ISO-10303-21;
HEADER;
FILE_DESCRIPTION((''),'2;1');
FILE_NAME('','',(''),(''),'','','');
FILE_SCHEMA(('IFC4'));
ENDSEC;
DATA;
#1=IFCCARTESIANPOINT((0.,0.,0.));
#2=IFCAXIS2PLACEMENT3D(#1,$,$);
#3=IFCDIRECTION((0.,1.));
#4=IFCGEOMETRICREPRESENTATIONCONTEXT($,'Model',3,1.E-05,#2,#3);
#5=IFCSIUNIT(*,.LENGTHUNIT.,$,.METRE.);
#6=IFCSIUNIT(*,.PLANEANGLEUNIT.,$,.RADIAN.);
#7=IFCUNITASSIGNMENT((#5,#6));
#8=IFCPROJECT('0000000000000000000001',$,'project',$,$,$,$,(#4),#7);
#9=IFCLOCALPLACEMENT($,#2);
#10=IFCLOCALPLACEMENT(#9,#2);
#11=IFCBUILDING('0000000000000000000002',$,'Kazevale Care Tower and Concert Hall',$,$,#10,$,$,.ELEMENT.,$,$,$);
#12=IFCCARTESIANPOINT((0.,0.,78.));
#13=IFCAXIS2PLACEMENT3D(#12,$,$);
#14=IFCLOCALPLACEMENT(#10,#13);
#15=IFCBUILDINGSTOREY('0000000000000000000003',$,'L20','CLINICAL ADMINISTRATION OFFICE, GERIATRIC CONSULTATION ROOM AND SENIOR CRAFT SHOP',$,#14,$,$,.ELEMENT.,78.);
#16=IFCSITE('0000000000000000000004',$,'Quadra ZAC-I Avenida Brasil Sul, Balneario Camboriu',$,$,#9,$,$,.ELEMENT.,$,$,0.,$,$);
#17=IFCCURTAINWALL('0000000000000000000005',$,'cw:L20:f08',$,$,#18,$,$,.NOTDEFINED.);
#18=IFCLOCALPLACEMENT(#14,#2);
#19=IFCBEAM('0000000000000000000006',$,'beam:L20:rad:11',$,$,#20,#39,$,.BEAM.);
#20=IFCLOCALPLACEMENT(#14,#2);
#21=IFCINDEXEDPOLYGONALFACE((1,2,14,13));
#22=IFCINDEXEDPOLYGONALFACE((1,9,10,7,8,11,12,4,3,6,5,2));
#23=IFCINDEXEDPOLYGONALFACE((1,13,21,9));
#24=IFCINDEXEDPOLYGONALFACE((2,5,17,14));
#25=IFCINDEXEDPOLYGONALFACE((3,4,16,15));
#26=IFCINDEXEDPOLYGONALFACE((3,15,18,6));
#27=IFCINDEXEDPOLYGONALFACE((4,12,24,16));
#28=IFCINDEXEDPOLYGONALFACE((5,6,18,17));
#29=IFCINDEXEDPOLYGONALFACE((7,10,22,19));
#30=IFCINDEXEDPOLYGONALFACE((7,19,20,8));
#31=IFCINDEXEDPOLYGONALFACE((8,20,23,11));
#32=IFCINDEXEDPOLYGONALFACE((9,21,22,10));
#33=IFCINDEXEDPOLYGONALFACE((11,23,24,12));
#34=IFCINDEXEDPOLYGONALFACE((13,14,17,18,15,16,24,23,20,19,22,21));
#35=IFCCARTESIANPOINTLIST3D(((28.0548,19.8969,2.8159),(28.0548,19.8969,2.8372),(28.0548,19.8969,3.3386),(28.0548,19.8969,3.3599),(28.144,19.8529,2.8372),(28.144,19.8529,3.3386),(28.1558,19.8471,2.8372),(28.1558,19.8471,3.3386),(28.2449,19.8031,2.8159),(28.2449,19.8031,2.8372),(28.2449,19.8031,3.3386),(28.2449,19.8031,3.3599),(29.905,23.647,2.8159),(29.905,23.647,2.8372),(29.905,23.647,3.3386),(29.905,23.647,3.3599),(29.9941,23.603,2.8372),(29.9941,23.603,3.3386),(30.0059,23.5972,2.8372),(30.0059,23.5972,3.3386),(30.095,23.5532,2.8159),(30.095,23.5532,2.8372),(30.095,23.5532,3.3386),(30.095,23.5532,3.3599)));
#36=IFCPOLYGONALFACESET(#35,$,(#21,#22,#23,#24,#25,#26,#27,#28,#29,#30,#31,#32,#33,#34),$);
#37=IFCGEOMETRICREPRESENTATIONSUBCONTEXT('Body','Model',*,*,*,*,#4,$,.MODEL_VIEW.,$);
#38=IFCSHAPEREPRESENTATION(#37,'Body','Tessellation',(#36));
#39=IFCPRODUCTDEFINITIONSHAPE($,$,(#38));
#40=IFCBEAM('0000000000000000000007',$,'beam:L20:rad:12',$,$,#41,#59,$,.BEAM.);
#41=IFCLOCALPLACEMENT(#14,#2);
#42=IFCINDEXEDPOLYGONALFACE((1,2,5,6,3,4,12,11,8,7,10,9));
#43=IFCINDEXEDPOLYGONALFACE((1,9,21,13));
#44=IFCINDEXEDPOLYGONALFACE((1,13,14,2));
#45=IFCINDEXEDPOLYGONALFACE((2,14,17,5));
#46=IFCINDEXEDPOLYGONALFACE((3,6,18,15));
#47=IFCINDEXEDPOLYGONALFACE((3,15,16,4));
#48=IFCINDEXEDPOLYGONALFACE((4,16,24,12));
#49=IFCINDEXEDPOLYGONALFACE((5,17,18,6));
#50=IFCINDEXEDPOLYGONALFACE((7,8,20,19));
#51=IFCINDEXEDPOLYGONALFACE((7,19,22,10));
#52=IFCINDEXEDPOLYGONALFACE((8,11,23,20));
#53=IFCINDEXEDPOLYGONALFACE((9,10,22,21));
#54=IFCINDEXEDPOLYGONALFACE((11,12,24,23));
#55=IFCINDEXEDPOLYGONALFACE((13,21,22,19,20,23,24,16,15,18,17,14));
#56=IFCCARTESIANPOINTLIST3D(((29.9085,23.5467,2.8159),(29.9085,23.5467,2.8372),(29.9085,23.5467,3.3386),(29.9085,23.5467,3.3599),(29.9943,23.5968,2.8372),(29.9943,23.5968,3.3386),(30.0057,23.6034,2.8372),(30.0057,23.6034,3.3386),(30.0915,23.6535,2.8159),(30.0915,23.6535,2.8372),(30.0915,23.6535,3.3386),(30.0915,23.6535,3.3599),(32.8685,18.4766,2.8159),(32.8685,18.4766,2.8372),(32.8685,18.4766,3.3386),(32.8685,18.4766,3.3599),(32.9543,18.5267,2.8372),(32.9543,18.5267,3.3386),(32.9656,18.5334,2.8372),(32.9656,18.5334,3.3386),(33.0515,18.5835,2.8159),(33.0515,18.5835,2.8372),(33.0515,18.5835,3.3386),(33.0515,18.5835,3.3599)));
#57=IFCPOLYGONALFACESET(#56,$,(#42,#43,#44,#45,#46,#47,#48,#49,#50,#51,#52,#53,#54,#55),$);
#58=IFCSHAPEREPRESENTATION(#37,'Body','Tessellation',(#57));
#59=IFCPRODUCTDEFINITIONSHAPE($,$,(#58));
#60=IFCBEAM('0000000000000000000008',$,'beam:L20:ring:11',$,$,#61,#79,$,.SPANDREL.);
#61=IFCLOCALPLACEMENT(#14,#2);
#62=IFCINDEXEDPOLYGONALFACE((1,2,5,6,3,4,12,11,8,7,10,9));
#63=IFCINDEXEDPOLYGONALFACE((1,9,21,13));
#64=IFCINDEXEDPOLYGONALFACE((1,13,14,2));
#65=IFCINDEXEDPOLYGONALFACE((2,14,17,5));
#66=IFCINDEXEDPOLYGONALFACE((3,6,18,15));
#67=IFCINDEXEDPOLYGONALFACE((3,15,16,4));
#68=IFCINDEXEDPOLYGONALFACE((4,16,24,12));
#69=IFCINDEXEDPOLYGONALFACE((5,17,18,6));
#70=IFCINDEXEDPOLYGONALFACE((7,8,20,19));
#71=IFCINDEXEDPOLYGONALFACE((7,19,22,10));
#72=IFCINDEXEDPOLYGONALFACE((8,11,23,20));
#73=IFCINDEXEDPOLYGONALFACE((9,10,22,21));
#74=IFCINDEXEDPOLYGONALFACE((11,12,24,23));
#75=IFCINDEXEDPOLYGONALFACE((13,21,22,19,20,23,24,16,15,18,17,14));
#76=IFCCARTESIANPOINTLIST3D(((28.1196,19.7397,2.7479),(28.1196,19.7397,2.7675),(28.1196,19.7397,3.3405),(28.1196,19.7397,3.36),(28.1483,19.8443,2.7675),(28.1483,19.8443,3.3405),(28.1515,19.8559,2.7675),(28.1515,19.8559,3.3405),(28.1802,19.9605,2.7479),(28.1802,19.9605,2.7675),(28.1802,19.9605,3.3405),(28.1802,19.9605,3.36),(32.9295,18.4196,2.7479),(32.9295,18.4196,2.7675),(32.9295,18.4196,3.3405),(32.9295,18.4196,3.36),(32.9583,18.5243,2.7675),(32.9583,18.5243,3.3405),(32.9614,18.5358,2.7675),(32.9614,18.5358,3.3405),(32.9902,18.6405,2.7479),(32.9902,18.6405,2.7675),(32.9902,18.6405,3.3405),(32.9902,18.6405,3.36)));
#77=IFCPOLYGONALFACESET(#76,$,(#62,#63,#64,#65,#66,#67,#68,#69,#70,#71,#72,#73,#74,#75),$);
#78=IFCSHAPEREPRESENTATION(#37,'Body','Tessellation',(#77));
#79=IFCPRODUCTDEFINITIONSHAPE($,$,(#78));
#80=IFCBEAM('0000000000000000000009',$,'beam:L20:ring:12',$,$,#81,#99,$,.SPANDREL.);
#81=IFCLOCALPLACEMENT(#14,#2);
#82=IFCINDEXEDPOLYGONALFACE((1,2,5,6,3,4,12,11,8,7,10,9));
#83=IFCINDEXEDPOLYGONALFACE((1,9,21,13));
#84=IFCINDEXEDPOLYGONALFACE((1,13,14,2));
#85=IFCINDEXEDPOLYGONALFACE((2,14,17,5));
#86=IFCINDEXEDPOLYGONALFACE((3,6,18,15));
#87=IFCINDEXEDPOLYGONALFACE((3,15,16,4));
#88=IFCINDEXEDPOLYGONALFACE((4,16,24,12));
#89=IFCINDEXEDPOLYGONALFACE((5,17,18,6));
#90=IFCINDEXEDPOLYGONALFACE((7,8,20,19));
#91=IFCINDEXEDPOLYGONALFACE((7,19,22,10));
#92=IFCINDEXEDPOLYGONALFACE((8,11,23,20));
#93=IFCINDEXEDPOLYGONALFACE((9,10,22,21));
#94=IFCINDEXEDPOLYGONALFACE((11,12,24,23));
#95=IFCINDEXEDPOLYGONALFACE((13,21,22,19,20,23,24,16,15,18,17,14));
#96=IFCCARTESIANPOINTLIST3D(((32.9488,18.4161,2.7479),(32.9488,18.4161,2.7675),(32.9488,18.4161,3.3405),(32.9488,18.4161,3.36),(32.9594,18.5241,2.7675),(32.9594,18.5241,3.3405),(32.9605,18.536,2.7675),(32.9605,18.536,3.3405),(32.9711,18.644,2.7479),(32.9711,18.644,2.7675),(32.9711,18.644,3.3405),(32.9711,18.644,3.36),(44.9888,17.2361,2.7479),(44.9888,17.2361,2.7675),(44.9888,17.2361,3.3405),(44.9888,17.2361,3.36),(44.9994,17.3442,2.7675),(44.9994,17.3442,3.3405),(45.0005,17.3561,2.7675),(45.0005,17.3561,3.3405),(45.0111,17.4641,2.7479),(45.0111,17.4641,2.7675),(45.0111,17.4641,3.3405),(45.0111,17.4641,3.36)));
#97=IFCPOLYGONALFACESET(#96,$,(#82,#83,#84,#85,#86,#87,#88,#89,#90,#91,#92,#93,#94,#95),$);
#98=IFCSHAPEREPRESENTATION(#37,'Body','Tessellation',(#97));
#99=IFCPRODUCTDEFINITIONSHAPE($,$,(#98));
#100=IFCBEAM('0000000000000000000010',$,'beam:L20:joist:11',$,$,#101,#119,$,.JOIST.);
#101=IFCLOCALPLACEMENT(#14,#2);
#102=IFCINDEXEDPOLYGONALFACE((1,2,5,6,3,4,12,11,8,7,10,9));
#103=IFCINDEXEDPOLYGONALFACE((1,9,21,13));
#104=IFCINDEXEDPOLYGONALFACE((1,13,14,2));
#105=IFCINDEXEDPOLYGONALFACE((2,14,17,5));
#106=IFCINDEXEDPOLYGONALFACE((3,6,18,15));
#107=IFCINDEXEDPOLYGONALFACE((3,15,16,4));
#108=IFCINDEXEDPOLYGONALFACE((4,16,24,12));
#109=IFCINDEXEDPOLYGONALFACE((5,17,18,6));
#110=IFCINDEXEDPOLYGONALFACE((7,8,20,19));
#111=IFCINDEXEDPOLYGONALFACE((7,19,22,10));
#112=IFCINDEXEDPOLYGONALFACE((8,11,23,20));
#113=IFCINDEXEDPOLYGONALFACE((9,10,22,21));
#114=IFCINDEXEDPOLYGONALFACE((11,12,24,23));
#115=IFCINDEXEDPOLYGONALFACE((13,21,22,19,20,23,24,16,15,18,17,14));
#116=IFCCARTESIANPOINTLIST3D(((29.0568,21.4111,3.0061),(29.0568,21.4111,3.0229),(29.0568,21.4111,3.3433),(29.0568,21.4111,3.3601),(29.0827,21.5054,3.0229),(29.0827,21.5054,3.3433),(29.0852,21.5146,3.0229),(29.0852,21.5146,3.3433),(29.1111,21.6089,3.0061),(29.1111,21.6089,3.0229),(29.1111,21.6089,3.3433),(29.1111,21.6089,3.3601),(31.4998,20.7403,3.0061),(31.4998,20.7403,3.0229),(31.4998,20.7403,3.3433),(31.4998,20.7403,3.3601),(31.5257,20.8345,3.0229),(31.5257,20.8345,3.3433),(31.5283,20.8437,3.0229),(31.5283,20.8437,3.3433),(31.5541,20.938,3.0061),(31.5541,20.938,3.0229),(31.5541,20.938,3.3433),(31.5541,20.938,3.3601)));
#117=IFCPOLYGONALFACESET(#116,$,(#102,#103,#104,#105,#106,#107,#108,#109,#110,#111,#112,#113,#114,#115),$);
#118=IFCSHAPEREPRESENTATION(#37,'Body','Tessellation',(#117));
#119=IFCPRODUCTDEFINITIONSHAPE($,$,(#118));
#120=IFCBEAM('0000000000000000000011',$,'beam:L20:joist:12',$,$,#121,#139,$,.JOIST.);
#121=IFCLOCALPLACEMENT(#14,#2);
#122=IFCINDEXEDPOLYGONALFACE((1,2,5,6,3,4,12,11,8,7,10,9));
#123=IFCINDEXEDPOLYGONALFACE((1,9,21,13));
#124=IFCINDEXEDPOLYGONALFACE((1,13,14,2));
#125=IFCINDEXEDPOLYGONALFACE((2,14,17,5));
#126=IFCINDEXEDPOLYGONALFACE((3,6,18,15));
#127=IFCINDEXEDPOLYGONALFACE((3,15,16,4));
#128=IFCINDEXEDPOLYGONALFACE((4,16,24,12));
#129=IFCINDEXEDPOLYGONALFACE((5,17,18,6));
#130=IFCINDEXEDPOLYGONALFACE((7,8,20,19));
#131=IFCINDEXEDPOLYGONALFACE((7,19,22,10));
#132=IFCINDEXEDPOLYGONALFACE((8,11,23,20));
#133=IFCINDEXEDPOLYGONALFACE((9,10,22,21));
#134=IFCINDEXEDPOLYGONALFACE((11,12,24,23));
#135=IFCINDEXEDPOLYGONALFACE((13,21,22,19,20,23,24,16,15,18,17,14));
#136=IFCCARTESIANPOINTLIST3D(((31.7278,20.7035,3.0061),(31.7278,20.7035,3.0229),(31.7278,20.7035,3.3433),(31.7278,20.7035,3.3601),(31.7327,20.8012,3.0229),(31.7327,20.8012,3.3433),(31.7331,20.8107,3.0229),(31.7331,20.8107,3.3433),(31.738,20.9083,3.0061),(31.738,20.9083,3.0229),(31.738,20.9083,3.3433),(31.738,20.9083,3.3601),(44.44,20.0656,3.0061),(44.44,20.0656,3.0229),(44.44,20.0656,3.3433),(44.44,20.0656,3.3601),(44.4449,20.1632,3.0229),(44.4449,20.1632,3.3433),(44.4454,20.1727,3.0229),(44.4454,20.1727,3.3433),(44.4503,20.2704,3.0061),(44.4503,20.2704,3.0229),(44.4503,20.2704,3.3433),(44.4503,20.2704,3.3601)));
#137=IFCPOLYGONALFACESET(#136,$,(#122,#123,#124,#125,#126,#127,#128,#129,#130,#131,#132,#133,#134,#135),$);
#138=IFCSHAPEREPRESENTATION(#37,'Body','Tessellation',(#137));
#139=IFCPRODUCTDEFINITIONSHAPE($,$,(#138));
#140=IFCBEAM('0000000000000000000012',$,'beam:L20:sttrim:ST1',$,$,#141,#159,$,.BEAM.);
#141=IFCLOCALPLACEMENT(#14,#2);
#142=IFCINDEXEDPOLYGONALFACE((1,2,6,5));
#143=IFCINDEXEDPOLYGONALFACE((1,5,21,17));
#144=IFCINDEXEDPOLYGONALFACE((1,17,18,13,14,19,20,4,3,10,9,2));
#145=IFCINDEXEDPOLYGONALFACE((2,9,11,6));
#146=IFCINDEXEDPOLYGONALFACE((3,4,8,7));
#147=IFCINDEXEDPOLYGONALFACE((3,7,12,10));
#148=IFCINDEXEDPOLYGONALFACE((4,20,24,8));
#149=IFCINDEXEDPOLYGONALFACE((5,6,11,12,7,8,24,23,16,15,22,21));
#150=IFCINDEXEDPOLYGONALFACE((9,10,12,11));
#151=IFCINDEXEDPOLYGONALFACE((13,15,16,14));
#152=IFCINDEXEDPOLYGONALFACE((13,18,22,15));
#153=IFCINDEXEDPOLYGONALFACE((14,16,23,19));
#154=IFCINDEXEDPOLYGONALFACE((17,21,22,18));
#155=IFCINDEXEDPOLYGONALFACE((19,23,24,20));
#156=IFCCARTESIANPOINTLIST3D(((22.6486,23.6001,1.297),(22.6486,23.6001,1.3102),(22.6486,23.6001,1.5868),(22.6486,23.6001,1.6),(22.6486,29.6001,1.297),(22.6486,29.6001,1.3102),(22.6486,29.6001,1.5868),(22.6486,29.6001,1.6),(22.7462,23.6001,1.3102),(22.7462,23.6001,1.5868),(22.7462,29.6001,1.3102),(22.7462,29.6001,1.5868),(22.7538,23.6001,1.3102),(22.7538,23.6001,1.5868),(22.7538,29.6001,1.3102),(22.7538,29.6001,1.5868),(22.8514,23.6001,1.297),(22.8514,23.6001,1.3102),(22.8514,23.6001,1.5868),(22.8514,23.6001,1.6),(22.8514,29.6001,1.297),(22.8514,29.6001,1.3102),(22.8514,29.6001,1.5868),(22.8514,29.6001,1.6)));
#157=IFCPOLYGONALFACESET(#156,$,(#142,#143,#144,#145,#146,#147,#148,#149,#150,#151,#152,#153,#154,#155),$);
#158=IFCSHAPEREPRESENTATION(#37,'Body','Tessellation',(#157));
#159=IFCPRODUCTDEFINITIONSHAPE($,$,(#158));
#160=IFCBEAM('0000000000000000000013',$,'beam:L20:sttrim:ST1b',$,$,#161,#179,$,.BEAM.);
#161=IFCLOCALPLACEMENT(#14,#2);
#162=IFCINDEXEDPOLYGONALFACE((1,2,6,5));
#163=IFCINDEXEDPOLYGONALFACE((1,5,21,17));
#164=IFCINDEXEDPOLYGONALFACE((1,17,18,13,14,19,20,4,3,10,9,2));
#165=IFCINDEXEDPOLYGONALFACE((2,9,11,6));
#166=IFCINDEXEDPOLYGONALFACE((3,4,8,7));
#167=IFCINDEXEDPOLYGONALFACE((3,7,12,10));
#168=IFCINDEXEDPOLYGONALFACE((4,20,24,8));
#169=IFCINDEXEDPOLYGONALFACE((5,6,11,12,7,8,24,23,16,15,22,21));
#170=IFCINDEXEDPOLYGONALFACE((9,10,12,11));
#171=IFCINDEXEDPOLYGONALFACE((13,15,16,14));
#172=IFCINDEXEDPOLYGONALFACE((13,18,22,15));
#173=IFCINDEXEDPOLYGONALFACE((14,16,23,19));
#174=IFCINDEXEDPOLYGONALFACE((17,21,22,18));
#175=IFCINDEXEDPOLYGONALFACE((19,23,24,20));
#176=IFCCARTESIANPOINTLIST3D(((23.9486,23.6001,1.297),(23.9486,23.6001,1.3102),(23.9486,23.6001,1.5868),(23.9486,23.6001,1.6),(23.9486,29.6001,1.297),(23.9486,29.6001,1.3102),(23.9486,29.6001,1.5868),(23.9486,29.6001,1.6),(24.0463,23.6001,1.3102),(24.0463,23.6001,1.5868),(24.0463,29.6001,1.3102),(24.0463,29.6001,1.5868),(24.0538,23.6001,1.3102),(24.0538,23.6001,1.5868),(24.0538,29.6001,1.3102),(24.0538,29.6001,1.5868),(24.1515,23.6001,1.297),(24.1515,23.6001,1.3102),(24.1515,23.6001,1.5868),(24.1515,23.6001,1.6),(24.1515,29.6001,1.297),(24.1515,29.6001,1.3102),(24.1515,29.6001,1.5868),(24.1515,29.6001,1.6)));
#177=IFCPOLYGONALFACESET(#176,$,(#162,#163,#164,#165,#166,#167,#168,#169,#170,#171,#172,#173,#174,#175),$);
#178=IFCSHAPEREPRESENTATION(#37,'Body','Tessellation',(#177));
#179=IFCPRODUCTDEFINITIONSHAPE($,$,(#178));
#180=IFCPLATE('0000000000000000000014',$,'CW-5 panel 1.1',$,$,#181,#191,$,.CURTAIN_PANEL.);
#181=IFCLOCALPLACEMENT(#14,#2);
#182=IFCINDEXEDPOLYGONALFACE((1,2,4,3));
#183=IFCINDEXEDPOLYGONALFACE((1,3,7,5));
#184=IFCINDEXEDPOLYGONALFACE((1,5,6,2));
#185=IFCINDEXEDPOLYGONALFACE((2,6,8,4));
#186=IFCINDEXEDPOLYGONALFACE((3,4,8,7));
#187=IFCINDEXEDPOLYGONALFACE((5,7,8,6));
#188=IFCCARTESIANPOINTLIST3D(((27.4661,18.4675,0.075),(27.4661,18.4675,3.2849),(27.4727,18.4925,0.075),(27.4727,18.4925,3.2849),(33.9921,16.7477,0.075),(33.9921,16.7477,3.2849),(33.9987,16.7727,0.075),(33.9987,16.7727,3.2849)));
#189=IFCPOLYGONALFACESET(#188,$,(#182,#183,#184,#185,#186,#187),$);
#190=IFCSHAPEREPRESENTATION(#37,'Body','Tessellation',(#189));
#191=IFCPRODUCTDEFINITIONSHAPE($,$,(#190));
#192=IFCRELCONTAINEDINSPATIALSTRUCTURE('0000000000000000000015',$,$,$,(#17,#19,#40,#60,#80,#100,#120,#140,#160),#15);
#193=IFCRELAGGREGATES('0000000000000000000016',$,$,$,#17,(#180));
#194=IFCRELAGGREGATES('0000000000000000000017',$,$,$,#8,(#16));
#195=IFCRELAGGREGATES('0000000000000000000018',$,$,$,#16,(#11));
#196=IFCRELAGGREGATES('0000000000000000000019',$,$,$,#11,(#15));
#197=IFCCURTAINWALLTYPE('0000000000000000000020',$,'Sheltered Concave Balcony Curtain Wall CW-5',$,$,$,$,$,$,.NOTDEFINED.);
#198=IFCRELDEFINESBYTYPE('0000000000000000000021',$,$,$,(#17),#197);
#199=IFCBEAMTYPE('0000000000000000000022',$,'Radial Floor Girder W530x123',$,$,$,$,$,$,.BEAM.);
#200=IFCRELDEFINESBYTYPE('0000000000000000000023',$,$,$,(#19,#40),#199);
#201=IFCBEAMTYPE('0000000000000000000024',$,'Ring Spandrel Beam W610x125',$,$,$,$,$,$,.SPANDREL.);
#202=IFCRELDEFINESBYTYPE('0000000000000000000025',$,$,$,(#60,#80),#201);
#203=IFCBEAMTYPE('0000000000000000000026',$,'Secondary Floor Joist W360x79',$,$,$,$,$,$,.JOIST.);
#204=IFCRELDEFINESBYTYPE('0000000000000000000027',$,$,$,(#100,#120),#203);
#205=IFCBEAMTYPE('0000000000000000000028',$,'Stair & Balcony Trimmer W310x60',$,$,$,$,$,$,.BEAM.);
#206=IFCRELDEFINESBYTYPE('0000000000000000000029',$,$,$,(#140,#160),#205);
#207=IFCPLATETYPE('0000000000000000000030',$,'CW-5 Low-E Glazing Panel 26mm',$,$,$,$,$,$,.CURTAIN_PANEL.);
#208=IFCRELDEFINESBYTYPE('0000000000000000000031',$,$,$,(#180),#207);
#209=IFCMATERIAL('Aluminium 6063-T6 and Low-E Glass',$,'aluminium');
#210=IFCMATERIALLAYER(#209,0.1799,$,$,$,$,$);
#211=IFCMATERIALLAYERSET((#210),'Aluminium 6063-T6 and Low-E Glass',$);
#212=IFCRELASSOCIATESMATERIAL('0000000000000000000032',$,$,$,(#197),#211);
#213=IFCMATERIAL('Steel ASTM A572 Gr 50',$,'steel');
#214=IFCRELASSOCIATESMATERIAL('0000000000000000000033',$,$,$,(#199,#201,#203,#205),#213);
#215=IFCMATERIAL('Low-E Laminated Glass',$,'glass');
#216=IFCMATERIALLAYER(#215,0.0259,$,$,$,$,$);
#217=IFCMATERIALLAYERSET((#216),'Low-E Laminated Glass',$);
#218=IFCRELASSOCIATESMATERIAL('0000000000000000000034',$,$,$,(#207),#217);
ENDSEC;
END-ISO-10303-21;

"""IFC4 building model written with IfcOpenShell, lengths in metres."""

from ifc_helpers import new_model, si_unit, direction, frame, origin, origin_2d, place, context, subcontext, project, spatial, rectangle, i_section, extrude, material, layer, layer_set, material_profile, profile_set, type_object, element, aggregate, save


model = new_model("IFC4")

# Units and contexts
model_context = context("Model", 3, precision=1e-05, world=origin(), true_north=direction((0.0, 1.0)))
body_context = subcontext(model_context, "Body", "Model", "MODEL_VIEW")
ifc_project = project(units=[si_unit("LENGTHUNIT", "METRE"), si_unit("PLANEANGLEUNIT", "RADIAN")], contexts=[model_context])

# Site, building, storey
site_placement = place(None, origin())
site = spatial("IfcSite", under=ifc_project, at=site_placement, Name="Quadra ZAC-I Avenida Brasil Sul, Balneario Camboriu", CompositionType="ELEMENT", RefElevation=0.0)
building_placement = place(site_placement, origin())
building = spatial("IfcBuilding", under=site, at=building_placement, Name="Kazevale Care Tower and Concert Hall", CompositionType="ELEMENT")
storey_placement = place(building_placement, frame((0.0, 0.0, 78.0)))
storey = spatial("IfcBuildingStorey", under=building, at=storey_placement, Name="L20", Description="CLINICAL ADMINISTRATION OFFICE, GERIATRIC CONSULTATION ROOM AND SENIOR CRAFT SHOP", CompositionType="ELEMENT", Elevation=78.0)

# Curtain wall
ifc_material_1 = material(Name="Aluminium 6063-T6 and Low-E Glass", Category="aluminium")
ifc_layer_1 = layer(ifc_material_1, 0.1799)
ifc_layer_set_1 = layer_set([ifc_layer_1], Name="Aluminium 6063-T6 and Low-E Glass")
curtain_wall_type = type_object("IfcCurtainWallType", Name="Sheltered Concave Balcony Curtain Wall CW-5", PredefinedType="NOTDEFINED", material=ifc_layer_set_1)
curtain_wall_1_placement = place(storey_placement, origin())
curtain_wall_1 = element("IfcCurtainWall", 1, at=curtain_wall_1_placement, inside=storey, type_object=curtain_wall_type, Name="cw:L20:f08", PredefinedType="NOTDEFINED")

# Beams
ifc_material_2 = material(Name="Steel ASTM A572 Gr 50", Category="steel")
ifc_material_profile_1 = material_profile(ifc_material_2, i_section(OverallWidth=0.2119, OverallDepth=0.5439, WebThickness=0.0132, FlangeThickness=0.0212, at=origin_2d()), Name="W530x123")
ifc_profile_set_1 = profile_set([ifc_material_profile_1], Name="Steel ASTM A572 Gr 50")
beam_type_1 = type_object("IfcBeamType", Name="Radial Floor Girder W530x123", PredefinedType="BEAM", material=ifc_profile_set_1)
beam_1_placement = place(storey_placement, frame((30.0, 23.6001, 3.0879), z_axis=(-0.442443, -0.896797, 0.0), x_axis=(0.896797, -0.442443, 0.0)))
element("IfcBeam", 2, at=beam_1_placement, inside=storey, type_object=beam_type_1, Name="beam:L20:rad:11", PredefinedType="BEAM", context=body_context, shape_type="SweptSolid", body=[
    extrude(i_section(OverallWidth=0.2119, OverallDepth=0.5439, WebThickness=0.0132, FlangeThickness=0.0212, at=origin_2d()), origin(), (0.0, 0.0, 1.0), 4.1816),
])
beam_2_placement = place(storey_placement, frame((30.0, 23.6001, 3.0879), z_axis=(0.504179, -0.863599, 0.0), x_axis=(0.863599, 0.504179, 0.0)))
element("IfcBeam", 3, at=beam_2_placement, inside=storey, type_object=beam_type_1, Name="beam:L20:rad:12", PredefinedType="BEAM", context=body_context, shape_type="SweptSolid", body=[
    extrude(i_section(OverallWidth=0.2119, OverallDepth=0.5439, WebThickness=0.0132, FlangeThickness=0.0212, at=origin_2d()), origin(), (0.0, 0.0, 1.0), 5.8708),
])
ifc_material_profile_2 = material_profile(ifc_material_2, i_section(OverallWidth=0.229, OverallDepth=0.6121, WebThickness=0.012, FlangeThickness=0.0195, at=origin_2d()), Name="W610x125")
ifc_profile_set_2 = profile_set([ifc_material_profile_2], Name="Steel ASTM A572 Gr 50")
beam_type_2 = type_object("IfcBeamType", Name="Ring Spandrel Beam W610x125", PredefinedType="SPANDREL", material=ifc_profile_set_2)
beam_3_placement = place(storey_placement, frame((28.1499, 19.8501, 3.054), z_axis=(0.964344, -0.264654, 0.0), x_axis=(0.264654, 0.964344, 0.0)))
element("IfcBeam", 4, at=beam_3_placement, inside=storey, type_object=beam_type_2, Name="beam:L20:ring:11", PredefinedType="SPANDREL", context=body_context, shape_type="SweptSolid", body=[
    extrude(i_section(OverallWidth=0.229, OverallDepth=0.6121, WebThickness=0.012, FlangeThickness=0.0195, at=origin_2d()), origin(), (0.0, 0.0, 1.0), 4.9878),
])
beam_4_placement = place(storey_placement, frame((32.96, 18.53, 3.054), z_axis=(0.995232, -0.097533, 0.0), x_axis=(0.097533, 0.995232, 0.0)))
element("IfcBeam", 5, at=beam_4_placement, inside=storey, type_object=beam_type_2, Name="beam:L20:ring:12", PredefinedType="SPANDREL", context=body_context, shape_type="SweptSolid", body=[
    extrude(i_section(OverallWidth=0.229, OverallDepth=0.6121, WebThickness=0.012, FlangeThickness=0.0195, at=origin_2d()), origin(), (0.0, 0.0, 1.0), 12.0977),
])
ifc_material_profile_3 = material_profile(ifc_material_2, i_section(OverallWidth=0.2051, OverallDepth=0.354, WebThickness=0.0095, FlangeThickness=0.0168, at=origin_2d()), Name="W360x79")
ifc_profile_set_3 = profile_set([ifc_material_profile_3], Name="Steel ASTM A572 Gr 50")
beam_type_3 = type_object("IfcBeamType", Name="Secondary Floor Joist W360x79", PredefinedType="JOIST", material=ifc_profile_set_3)
beam_5_placement = place(storey_placement, frame((29.084, 21.51, 3.1831), z_axis=(0.964302, -0.264805, 0.0), x_axis=(0.264805, 0.964302, 0.0)))
element("IfcBeam", 6, at=beam_5_placement, inside=storey, type_object=beam_type_3, Name="beam:L20:joist:11", PredefinedType="JOIST", context=body_context, shape_type="SweptSolid", body=[
    extrude(i_section(OverallWidth=0.2051, OverallDepth=0.354, WebThickness=0.0095, FlangeThickness=0.0168, at=origin_2d()), origin(), (0.0, 0.0, 1.0), 2.5334),
])
beam_6_placement = place(storey_placement, frame((31.7329, 20.8059, 3.1831), z_axis=(0.998743, -0.05012, 0.0), x_axis=(0.05012, 0.998743, 0.0)))
element("IfcBeam", 7, at=beam_6_placement, inside=storey, type_object=beam_type_3, Name="beam:L20:joist:12", PredefinedType="JOIST", context=body_context, shape_type="SweptSolid", body=[
    extrude(i_section(OverallWidth=0.2051, OverallDepth=0.354, WebThickness=0.0095, FlangeThickness=0.0168, at=origin_2d()), origin(), (0.0, 0.0, 1.0), 12.7283),
])
ifc_material_profile_4 = material_profile(ifc_material_2, i_section(OverallWidth=0.2029, OverallDepth=0.303, WebThickness=0.0076, FlangeThickness=0.0132, at=origin_2d()), Name="W310x60")
ifc_profile_set_4 = profile_set([ifc_material_profile_4], Name="Steel ASTM A572 Gr 50")
beam_type_4 = type_object("IfcBeamType", Name="Stair & Balcony Trimmer W310x60", PredefinedType="BEAM", material=ifc_profile_set_4)
for number, where, z_axis, x_axis, name in (
    (8, (22.75, 23.6001, 1.4485), (0.0, 1.0, 0.0), (-1.0, 0.0, 0.0), "beam:L20:sttrim:ST1"),
    (9, (24.05, 23.6001, 1.4485), (0.0, 1.0, 0.0), (-1.0, 0.0, 0.0), "beam:L20:sttrim:ST1b"),
):
    element("IfcBeam", number, at=place(storey_placement, frame(where, z_axis=z_axis, x_axis=x_axis)), inside=storey, type_object=beam_type_4, Name=name, PredefinedType="BEAM", context=body_context, shape_type="SweptSolid", body=[
        extrude(i_section(OverallWidth=0.2029, OverallDepth=0.303, WebThickness=0.0076, FlangeThickness=0.0132, at=origin_2d()), origin(), (0.0, 0.0, 1.0), 6.0),
    ])

# Plate
ifc_material_3 = material(Name="Low-E Laminated Glass", Category="glass")
ifc_layer_2 = layer(ifc_material_3, 0.0259)
ifc_layer_set_2 = layer_set([ifc_layer_2], Name="Low-E Laminated Glass")
plate_type = type_object("IfcPlateType", Name="CW-5 Low-E Glazing Panel 26mm", PredefinedType="CURTAIN_PANEL", material=ifc_layer_set_2)
plate_1_placement = place(storey_placement, frame((30.7324, 17.6201, 0.075), z_axis=(0.0, 0.0, 1.0), x_axis=(-0.966986, 0.254829, 0.0)))
plate_1 = element("IfcPlate", 10, at=plate_1_placement, type_object=plate_type, Name="CW-5 panel 1.1", PredefinedType="CURTAIN_PANEL", context=body_context, shape_type="SweptSolid", body=[
    extrude(rectangle(XDim=6.7488, YDim=0.0259, at=origin_2d()), origin(), (0.0, 0.0, 1.0), 3.21),
])
aggregate(curtain_wall_1, [plate_1])

save(model, "model.ifc")
